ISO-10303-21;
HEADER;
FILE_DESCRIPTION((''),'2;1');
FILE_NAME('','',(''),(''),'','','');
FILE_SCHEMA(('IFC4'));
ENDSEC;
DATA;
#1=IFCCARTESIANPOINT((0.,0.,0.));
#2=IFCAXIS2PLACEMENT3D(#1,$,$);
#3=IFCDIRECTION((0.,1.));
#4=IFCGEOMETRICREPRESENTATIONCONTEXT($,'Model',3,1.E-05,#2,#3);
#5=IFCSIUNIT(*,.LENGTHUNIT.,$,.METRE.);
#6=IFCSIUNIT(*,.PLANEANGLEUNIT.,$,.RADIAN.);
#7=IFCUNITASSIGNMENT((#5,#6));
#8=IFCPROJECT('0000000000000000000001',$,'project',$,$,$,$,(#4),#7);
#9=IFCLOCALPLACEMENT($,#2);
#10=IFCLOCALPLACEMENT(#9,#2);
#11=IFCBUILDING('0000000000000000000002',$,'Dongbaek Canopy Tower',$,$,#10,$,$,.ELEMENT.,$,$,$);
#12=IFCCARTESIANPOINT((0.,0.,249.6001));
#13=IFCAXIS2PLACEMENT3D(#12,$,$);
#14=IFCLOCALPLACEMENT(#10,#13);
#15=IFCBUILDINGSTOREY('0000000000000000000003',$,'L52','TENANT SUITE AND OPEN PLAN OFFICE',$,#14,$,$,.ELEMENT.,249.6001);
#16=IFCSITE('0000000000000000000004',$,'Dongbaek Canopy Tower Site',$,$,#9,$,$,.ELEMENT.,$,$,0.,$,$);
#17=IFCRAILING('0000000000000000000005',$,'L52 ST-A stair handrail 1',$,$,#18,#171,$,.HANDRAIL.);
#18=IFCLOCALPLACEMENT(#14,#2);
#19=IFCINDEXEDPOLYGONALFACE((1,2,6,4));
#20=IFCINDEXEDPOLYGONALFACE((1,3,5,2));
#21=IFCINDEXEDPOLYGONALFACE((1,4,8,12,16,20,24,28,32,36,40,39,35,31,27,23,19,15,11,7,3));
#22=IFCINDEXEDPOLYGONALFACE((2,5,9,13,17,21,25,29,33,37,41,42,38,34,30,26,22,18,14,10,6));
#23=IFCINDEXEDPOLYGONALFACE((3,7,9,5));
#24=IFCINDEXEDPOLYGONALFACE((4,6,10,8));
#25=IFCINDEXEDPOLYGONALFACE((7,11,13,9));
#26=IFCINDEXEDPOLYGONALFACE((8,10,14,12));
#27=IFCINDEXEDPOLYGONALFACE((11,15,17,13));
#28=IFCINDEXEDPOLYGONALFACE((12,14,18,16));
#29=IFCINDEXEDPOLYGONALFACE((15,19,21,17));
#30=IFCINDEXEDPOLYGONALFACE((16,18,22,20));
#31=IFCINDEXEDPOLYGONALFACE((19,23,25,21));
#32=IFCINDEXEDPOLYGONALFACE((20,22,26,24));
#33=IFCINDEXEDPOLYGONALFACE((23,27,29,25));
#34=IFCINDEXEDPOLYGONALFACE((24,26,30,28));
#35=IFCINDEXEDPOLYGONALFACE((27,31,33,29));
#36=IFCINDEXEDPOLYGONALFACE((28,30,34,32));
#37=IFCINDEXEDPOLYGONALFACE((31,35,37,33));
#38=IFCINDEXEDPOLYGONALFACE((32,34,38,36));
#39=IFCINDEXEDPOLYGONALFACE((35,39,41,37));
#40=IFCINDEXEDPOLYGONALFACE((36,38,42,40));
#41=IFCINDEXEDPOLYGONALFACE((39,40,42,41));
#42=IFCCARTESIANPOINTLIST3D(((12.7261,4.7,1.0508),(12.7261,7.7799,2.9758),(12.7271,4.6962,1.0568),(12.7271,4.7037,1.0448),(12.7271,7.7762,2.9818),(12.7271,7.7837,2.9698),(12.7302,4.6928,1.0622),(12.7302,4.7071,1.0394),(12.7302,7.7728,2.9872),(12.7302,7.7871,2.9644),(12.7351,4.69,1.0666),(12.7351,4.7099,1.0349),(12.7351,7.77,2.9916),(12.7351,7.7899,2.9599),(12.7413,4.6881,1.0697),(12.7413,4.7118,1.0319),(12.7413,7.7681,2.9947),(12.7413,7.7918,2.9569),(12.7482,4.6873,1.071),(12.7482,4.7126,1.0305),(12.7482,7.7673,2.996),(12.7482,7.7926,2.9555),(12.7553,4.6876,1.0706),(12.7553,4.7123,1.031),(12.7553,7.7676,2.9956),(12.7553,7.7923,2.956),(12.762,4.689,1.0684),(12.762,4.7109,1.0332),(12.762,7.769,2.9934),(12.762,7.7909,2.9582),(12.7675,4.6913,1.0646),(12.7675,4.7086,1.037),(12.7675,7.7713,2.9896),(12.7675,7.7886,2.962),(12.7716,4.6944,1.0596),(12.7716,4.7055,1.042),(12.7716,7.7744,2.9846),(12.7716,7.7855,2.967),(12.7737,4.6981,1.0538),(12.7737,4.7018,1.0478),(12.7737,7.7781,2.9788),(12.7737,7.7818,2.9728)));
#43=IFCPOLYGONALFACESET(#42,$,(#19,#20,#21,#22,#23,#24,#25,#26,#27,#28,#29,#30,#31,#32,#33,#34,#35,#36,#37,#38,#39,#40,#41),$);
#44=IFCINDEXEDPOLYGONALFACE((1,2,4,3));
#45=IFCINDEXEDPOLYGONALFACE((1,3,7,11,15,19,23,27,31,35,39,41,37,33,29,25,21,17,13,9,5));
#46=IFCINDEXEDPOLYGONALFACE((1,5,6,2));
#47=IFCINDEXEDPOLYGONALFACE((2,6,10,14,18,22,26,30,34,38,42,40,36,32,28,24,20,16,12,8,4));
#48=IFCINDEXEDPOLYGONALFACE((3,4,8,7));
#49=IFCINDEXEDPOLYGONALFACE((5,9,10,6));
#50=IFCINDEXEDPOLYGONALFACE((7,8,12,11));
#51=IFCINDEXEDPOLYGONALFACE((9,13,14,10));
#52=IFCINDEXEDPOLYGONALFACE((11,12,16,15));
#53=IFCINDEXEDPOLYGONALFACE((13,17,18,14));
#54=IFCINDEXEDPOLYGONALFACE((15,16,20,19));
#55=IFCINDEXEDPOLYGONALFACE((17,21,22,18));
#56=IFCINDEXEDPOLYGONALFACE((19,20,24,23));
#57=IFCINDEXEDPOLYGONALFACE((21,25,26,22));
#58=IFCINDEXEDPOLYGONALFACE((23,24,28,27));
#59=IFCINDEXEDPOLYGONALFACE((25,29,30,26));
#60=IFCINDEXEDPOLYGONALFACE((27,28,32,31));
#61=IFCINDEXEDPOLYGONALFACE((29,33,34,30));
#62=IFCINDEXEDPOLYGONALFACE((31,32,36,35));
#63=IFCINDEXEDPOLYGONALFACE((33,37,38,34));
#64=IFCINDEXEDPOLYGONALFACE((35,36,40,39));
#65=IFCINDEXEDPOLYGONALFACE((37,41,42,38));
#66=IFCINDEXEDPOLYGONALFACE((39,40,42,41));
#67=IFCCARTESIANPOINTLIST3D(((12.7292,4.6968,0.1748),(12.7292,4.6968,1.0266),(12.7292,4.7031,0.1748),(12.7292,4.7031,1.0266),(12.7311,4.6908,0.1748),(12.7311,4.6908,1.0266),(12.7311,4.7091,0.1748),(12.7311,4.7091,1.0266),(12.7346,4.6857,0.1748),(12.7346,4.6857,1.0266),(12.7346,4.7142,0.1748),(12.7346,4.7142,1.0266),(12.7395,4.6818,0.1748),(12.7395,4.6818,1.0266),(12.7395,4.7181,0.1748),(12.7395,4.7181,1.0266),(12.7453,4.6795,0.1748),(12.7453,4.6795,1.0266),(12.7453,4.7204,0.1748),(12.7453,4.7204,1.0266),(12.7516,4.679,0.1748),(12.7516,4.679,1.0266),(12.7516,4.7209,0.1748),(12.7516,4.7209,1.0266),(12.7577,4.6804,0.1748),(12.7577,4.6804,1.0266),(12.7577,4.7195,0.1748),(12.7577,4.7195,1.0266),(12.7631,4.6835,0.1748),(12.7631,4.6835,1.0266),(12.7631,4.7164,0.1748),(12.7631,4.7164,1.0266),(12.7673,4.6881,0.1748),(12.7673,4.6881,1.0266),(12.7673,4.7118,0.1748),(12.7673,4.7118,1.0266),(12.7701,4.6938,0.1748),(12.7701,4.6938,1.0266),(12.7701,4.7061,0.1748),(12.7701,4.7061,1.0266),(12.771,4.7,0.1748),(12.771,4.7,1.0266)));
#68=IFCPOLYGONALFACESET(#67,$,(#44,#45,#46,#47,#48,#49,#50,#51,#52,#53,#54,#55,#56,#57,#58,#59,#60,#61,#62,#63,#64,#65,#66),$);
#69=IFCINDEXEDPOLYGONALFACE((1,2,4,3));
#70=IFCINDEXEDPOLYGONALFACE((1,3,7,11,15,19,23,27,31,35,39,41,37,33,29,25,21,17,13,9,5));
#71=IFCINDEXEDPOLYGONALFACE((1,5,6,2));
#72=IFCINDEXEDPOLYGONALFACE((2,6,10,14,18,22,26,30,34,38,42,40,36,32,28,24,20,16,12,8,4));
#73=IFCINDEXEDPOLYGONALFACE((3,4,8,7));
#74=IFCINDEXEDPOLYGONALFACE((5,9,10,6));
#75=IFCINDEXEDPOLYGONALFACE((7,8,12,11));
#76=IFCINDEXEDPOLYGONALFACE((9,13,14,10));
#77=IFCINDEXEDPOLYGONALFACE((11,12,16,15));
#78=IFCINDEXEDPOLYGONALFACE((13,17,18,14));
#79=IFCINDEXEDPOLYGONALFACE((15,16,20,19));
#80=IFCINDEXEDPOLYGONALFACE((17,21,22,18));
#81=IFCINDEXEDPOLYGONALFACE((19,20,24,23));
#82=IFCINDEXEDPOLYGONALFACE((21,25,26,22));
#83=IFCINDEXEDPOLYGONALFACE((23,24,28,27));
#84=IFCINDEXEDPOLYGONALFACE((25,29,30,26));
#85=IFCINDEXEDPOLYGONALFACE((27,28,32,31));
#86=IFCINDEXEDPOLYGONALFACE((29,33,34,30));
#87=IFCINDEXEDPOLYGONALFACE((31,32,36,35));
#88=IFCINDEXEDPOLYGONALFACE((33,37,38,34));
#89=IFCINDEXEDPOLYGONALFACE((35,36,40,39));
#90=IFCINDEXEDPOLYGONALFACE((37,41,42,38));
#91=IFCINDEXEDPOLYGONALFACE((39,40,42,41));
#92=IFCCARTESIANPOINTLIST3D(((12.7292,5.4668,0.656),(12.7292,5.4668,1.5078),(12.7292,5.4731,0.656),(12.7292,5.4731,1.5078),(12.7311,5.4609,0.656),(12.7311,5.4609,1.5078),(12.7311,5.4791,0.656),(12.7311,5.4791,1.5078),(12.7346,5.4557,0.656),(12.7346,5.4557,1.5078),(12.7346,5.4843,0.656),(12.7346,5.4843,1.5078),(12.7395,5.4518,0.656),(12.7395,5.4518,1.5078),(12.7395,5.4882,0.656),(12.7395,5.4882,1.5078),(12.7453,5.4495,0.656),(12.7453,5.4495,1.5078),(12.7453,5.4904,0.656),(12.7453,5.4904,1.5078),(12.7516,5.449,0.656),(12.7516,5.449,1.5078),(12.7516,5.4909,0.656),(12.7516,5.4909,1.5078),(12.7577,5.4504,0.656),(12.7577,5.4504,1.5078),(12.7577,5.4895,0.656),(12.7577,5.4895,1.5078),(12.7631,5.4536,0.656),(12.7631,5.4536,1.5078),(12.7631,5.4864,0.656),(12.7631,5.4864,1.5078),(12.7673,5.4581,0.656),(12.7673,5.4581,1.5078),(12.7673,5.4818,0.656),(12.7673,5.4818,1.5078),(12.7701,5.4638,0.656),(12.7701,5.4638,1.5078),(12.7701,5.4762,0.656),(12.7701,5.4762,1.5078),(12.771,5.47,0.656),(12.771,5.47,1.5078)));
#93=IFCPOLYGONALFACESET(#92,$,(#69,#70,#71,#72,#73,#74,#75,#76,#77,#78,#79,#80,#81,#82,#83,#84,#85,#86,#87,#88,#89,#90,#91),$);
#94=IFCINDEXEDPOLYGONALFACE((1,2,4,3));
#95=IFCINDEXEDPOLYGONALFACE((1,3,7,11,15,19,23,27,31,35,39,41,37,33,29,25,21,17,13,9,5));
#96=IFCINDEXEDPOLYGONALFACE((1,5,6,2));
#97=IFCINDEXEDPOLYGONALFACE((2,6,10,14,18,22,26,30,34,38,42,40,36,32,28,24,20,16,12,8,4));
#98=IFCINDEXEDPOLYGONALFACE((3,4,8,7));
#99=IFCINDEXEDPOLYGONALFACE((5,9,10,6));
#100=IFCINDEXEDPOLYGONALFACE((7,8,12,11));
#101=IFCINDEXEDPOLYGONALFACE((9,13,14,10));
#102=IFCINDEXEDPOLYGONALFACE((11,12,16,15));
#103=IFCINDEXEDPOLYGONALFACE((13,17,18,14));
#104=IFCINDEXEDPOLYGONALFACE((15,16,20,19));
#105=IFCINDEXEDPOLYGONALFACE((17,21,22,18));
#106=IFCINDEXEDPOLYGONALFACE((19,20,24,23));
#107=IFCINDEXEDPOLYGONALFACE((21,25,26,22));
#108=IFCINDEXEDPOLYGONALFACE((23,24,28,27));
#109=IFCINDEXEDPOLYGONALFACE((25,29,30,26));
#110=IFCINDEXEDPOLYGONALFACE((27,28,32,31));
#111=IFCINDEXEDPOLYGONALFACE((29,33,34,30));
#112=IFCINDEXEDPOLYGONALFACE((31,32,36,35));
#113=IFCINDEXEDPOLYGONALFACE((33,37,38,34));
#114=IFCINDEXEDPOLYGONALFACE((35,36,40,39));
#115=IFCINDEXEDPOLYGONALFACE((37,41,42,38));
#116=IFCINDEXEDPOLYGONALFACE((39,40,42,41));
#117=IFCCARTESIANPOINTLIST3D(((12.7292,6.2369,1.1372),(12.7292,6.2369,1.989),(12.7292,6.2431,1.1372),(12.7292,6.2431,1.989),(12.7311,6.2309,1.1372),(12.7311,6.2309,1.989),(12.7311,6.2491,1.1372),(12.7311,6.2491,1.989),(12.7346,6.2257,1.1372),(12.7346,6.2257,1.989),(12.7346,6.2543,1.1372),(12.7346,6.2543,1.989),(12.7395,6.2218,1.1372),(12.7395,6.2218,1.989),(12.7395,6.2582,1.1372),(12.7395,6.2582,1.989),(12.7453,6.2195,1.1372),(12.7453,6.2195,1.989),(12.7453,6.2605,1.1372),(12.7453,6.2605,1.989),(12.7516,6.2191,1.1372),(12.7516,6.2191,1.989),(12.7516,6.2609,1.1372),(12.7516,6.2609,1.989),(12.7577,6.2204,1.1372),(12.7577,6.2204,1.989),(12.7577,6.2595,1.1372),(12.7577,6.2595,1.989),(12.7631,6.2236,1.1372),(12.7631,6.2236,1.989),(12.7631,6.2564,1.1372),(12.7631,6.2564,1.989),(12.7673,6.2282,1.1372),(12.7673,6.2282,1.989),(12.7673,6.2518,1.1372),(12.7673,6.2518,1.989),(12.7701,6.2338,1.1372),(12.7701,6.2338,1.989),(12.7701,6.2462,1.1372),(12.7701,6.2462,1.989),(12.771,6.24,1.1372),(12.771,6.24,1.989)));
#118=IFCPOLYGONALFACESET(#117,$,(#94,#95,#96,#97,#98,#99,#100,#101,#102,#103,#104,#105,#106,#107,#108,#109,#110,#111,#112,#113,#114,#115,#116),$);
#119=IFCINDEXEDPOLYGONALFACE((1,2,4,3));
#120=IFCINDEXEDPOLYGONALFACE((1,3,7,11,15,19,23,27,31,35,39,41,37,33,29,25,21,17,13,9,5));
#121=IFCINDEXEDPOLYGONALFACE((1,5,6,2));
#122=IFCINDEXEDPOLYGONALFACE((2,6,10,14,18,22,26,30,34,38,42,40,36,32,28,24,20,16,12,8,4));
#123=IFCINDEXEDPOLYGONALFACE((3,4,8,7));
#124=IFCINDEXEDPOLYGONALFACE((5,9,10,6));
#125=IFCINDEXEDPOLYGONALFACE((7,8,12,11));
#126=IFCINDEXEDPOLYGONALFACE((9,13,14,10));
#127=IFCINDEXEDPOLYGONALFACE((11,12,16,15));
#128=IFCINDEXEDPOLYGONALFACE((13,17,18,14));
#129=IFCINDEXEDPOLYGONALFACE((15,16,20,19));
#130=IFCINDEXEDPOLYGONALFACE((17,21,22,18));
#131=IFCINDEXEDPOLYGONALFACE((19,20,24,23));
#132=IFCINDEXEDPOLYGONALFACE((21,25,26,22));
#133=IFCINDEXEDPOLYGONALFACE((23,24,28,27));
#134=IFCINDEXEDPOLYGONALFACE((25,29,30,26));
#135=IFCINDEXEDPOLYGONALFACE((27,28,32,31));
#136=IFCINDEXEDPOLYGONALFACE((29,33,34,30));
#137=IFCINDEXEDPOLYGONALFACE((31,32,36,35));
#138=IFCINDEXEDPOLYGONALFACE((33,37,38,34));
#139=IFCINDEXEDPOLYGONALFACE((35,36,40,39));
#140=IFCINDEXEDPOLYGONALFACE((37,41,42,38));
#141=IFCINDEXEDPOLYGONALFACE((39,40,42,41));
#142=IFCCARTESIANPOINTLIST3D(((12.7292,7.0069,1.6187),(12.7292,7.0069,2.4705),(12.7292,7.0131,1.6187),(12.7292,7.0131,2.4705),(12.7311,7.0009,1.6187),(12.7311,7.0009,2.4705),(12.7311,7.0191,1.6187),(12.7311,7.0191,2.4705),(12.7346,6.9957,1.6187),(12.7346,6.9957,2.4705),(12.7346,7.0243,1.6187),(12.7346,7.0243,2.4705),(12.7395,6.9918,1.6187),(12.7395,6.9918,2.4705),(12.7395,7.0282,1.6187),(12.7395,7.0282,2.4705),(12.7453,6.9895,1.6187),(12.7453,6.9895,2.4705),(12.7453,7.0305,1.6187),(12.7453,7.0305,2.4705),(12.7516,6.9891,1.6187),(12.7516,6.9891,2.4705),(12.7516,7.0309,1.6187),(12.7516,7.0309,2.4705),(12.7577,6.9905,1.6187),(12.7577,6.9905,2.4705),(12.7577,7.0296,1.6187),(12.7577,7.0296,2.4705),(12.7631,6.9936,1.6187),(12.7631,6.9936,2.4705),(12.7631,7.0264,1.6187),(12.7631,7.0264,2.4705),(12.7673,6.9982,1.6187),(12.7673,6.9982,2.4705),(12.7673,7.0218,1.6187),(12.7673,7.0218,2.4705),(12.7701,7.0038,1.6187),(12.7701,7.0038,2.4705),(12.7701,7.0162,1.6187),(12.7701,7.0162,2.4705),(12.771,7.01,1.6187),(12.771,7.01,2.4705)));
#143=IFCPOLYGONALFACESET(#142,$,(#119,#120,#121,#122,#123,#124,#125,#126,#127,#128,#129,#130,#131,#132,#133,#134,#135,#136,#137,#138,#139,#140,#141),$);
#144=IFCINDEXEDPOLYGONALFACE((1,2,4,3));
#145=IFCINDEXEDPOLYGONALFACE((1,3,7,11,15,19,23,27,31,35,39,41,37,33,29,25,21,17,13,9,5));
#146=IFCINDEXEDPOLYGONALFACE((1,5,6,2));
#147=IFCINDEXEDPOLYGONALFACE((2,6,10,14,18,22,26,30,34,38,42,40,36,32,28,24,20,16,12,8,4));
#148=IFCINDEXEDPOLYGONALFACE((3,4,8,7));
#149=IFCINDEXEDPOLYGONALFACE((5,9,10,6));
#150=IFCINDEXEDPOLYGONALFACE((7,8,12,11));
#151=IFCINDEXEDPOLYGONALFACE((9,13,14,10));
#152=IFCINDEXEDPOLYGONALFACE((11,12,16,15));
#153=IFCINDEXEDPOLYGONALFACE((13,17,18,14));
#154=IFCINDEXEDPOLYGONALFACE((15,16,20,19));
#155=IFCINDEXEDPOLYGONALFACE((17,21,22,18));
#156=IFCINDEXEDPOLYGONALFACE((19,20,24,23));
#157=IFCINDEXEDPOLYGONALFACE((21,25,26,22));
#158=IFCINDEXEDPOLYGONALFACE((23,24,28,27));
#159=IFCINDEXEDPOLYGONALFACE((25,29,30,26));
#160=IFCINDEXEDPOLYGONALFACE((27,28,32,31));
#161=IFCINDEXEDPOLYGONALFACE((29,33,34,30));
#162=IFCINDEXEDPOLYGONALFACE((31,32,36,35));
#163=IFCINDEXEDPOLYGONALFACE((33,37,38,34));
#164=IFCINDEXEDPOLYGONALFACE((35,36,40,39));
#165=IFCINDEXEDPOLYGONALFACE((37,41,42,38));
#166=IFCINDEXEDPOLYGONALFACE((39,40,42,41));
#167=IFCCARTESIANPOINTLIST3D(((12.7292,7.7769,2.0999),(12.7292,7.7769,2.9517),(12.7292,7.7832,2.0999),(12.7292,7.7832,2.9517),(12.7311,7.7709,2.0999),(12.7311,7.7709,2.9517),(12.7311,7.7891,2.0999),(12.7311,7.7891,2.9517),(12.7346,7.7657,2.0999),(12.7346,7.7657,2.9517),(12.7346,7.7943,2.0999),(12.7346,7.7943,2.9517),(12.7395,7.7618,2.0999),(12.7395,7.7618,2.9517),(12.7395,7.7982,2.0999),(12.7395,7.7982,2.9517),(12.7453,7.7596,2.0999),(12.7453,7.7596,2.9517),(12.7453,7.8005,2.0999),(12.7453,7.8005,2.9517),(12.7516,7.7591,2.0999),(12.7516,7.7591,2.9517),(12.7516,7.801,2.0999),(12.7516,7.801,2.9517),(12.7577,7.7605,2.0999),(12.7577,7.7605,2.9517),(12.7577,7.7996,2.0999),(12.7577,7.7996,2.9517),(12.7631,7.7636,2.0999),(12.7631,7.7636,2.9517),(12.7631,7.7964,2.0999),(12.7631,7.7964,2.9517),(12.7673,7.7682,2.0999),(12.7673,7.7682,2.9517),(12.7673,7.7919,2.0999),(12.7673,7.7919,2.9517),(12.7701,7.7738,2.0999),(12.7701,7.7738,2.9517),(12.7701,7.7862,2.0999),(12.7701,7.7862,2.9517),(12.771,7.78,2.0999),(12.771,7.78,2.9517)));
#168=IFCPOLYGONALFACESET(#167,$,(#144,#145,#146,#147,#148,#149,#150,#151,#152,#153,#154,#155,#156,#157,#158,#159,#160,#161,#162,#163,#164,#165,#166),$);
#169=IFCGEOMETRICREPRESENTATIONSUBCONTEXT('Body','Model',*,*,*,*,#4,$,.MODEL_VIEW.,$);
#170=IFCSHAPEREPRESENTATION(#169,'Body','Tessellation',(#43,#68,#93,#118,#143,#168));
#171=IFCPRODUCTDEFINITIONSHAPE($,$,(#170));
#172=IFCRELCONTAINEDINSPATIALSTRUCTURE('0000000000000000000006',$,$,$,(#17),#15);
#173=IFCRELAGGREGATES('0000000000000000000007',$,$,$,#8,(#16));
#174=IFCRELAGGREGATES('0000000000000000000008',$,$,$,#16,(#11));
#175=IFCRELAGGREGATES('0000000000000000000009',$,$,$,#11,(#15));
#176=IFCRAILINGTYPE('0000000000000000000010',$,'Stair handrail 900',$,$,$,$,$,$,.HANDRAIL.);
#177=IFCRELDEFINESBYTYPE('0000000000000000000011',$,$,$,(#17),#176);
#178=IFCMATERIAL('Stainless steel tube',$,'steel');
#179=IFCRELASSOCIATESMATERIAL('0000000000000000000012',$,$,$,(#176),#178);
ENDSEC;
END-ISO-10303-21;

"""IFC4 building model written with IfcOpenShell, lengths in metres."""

from ifc_helpers import new_model, si_unit, direction, frame, origin, origin_2d, place, context, subcontext, project, spatial, circle, extrude, material, type_object, element, save


model = new_model("IFC4")

# Units and contexts
model_context = context("Model", 3, precision=1e-05, world=origin(), true_north=direction((0.0, 1.0)))
body_context = subcontext(model_context, "Body", "Model", "MODEL_VIEW")
ifc_project = project(units=[si_unit("LENGTHUNIT", "METRE"), si_unit("PLANEANGLEUNIT", "RADIAN")], contexts=[model_context])

# Site, building, storey
site_placement = place(None, origin())
site = spatial("IfcSite", under=ifc_project, at=site_placement, Name="Dongbaek Canopy Tower Site", CompositionType="ELEMENT", RefElevation=0.0)
building_placement = place(site_placement, origin())
building = spatial("IfcBuilding", under=site, at=building_placement, Name="Dongbaek Canopy Tower", CompositionType="ELEMENT")
storey_placement = place(building_placement, frame((0.0, 0.0, 249.6001)))
storey = spatial("IfcBuildingStorey", under=building, at=storey_placement, Name="L52", Description="TENANT SUITE AND OPEN PLAN OFFICE", CompositionType="ELEMENT", Elevation=249.6001)

# Railing
ifc_material_1 = material(Name="Stainless steel tube", Category="steel")
railing_type_1 = type_object("IfcRailingType", Name="Stair handrail 900", PredefinedType="HANDRAIL", material=ifc_material_1)
railing_1_placement = place(storey_placement, frame((12.75, 4.7, 0.1748)))
element("IfcRailing", 1, at=railing_1_placement, inside=storey, type_object=railing_type_1, Name="L52 ST-A stair handrail 1", PredefinedType="HANDRAIL", context=body_context, shape_type="SweptSolid", body=[
    extrude(circle(Radius=0.0239, at=origin_2d()), frame((0.0, 0.0, 0.876), z_axis=(0.0, 0.847998, 0.529999), x_axis=(-1.0, 0.0, 0.0)), (0.0, 0.0, 1.0), 3.6321),
    extrude(circle(Radius=0.021, at=origin_2d()), origin(), (0.0, 0.0, 1.0), 0.8518),
    extrude(circle(Radius=0.021, at=origin_2d()), frame((0.0, 0.77, 0.4812)), (0.0, 0.0, 1.0), 0.8518),
    extrude(circle(Radius=0.021, at=origin_2d()), frame((0.0, 1.54, 0.9624)), (0.0, 0.0, 1.0), 0.8518),
    extrude(circle(Radius=0.021, at=origin_2d()), frame((0.0, 2.3101, 1.4438)), (0.0, 0.0, 1.0), 0.8518),
    extrude(circle(Radius=0.021, at=origin_2d()), frame((0.0, 3.0801, 1.925)), (0.0, 0.0, 1.0), 0.8518),
])

save(model, "model.ifc")
